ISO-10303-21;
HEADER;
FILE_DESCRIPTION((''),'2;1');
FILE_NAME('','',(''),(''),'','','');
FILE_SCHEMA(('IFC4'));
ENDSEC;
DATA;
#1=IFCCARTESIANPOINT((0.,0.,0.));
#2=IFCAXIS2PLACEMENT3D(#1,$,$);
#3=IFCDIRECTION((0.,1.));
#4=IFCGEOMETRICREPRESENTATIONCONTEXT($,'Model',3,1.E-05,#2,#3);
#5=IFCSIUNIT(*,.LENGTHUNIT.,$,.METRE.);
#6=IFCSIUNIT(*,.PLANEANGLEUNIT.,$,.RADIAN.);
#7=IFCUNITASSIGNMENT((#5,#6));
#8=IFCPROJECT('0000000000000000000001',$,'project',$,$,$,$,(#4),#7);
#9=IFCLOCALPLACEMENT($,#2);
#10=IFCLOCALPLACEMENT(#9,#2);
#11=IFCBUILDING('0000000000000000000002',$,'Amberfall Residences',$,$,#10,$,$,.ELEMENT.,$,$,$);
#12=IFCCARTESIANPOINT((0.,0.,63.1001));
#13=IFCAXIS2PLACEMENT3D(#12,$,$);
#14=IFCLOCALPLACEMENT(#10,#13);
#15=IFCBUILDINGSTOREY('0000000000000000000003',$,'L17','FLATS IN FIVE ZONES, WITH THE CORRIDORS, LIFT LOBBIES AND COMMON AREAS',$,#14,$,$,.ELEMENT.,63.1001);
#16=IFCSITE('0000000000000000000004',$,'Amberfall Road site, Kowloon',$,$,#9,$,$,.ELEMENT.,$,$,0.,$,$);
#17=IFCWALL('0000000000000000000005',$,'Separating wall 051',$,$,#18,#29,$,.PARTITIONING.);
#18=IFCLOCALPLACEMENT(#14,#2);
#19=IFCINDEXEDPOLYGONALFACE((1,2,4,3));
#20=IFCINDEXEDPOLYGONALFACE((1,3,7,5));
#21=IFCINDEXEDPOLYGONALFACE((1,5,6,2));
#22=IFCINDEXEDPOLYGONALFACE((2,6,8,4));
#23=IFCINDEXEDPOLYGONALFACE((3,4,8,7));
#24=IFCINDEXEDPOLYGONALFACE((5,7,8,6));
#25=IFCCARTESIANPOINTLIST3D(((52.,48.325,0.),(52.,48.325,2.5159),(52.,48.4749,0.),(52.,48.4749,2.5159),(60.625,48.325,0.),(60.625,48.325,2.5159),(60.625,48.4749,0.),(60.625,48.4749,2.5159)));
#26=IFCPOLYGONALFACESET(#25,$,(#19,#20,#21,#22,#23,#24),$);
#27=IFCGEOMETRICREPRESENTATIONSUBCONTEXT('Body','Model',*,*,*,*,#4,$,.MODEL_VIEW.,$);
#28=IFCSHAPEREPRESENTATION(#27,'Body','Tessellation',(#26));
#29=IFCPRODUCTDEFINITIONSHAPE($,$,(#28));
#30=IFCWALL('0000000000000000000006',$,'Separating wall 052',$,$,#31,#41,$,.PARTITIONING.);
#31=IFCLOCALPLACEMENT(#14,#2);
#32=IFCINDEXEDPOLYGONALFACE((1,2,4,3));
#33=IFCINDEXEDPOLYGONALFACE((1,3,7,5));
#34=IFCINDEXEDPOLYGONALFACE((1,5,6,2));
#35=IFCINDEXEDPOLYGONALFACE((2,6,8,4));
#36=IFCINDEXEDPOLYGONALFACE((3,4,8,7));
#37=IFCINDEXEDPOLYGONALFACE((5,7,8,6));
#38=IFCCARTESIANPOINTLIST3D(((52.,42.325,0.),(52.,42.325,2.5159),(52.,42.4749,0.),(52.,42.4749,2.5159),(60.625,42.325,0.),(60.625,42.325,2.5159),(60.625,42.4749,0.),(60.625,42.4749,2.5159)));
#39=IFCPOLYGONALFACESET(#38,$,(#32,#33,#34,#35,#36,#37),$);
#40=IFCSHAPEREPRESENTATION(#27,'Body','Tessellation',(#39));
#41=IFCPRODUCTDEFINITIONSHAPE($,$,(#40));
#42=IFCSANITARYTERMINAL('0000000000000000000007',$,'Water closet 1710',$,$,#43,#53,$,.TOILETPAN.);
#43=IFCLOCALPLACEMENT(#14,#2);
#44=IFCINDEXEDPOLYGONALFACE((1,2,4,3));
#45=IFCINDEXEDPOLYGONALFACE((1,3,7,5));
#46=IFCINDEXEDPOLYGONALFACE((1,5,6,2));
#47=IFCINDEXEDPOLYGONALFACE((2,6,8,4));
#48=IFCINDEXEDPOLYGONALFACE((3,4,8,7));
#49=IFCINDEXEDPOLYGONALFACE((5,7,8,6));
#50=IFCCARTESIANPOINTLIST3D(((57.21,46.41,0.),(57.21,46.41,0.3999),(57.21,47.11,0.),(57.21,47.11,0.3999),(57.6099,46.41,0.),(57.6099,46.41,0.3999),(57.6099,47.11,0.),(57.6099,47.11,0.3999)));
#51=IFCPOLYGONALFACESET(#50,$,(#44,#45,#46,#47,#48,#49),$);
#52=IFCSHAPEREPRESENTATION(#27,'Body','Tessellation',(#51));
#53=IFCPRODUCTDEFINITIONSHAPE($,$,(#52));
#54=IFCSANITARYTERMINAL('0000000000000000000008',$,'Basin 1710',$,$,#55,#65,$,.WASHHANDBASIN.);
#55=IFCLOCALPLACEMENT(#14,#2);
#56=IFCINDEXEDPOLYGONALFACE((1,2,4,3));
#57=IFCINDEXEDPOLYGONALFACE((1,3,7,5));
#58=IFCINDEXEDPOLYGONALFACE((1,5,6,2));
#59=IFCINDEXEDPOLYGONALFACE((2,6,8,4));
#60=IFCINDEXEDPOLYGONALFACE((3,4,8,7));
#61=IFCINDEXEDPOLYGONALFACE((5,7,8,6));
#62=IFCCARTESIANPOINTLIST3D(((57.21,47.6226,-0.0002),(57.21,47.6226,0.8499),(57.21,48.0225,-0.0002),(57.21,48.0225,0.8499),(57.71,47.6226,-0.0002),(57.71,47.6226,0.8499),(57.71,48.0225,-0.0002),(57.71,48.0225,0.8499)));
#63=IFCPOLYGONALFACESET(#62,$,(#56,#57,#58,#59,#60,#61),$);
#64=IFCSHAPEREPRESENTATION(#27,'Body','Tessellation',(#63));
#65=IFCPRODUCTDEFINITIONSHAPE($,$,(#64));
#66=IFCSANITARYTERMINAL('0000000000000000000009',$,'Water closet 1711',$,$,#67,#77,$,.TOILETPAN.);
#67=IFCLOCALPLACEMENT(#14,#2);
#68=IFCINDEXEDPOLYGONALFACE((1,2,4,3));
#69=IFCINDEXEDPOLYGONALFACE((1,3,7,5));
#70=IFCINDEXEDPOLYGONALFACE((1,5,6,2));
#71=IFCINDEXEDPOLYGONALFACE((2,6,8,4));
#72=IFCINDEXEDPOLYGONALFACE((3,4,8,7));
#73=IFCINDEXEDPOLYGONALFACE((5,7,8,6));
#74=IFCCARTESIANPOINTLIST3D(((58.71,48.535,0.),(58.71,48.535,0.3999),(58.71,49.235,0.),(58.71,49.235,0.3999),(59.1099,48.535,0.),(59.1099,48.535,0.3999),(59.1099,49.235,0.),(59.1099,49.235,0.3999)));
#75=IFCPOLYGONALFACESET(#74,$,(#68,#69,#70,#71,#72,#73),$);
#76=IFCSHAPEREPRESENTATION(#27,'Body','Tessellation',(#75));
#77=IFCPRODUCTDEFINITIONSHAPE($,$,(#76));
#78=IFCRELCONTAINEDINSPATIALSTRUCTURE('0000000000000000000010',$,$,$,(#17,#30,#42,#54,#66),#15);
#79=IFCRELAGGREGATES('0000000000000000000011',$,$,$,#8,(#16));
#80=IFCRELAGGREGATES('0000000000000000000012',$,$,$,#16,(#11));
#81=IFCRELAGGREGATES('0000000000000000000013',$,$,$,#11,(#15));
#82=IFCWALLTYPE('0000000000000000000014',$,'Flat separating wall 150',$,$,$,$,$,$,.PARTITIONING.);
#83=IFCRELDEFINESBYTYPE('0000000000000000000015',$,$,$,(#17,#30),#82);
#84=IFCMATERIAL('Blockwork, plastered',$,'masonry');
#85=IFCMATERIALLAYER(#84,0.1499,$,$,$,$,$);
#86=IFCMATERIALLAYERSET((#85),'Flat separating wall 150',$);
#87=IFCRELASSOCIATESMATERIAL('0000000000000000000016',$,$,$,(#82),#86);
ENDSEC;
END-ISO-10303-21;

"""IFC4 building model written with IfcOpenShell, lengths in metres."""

from ifc_helpers import new_model, si_unit, direction, frame, frame_2d, origin, origin_2d, place, context, subcontext, project, spatial, rectangle, extrude, material, layer, layer_set, type_object, element, save


model = new_model("IFC4")

# Units and contexts
model_context = context("Model", 3, precision=1e-05, world=origin(), true_north=direction((0.0, 1.0)))
body_context = subcontext(model_context, "Body", "Model", "MODEL_VIEW")
ifc_project = project(units=[si_unit("LENGTHUNIT", "METRE"), si_unit("PLANEANGLEUNIT", "RADIAN")], contexts=[model_context])

# Site, building, storey
site_placement = place(None, origin())
site = spatial("IfcSite", under=ifc_project, at=site_placement, Name="Amberfall Road site, Kowloon", CompositionType="ELEMENT", RefElevation=0.0)
building_placement = place(site_placement, origin())
building = spatial("IfcBuilding", under=site, at=building_placement, Name="Amberfall Residences", CompositionType="ELEMENT")
storey_placement = place(building_placement, frame((0.0, 0.0, 63.1001)))
storey = spatial("IfcBuildingStorey", under=building, at=storey_placement, Name="L17", Description="FLATS IN FIVE ZONES, WITH THE CORRIDORS, LIFT LOBBIES AND COMMON AREAS", CompositionType="ELEMENT", Elevation=63.1001)

# Walls
ifc_material_1 = material(Name="Blockwork, plastered", Category="masonry")
ifc_layer_1 = layer(ifc_material_1, 0.1499)
ifc_layer_set_1 = layer_set([ifc_layer_1], Name="Flat separating wall 150")
wall_type_1 = type_object("IfcWallType", Name="Flat separating wall 150", PredefinedType="PARTITIONING", material=ifc_layer_set_1)
for number, where, z_axis, x_axis, name in (
    (1, (52.0, 48.3999, 0.0), (0.0, 0.0, 1.0), (1.0, 0.0, 0.0), "Separating wall 051"),
    (2, (52.0, 42.3999, 0.0), (0.0, 0.0, 1.0), (1.0, 0.0, 0.0), "Separating wall 052"),
):
    element("IfcWall", number, at=place(storey_placement, frame(where, z_axis=z_axis, x_axis=x_axis)), inside=storey, type_object=wall_type_1, Name=name, PredefinedType="PARTITIONING", context=body_context, shape_type="SweptSolid", body=[
        extrude(rectangle(XDim=8.625, YDim=0.1499, at=frame_2d((4.3125, 0.0))), origin(), (0.0, 0.0, 1.0), 2.5159),
    ])

# Sanitary terminals
sanitary_terminal_1_placement = place(storey_placement, frame((57.4099, 46.76, 0.0), z_axis=(0.0, 0.0, 1.0), x_axis=(1.0, 0.0, 0.0)))
element("IfcSanitaryTerminal", 3, at=sanitary_terminal_1_placement, inside=storey, Name="Water closet 1710", PredefinedType="TOILETPAN", context=body_context, shape_type="SweptSolid", body=[
    extrude(rectangle(XDim=0.3999, YDim=0.7, at=origin_2d()), origin(), (0.0, 0.0, 1.0), 0.3999),
])
sanitary_terminal_2_placement = place(storey_placement, frame((57.46, 47.8225, -0.0002), z_axis=(0.0, 0.0, 1.0), x_axis=(1.0, 0.0, 0.0)))
element("IfcSanitaryTerminal", 4, at=sanitary_terminal_2_placement, inside=storey, Name="Basin 1710", PredefinedType="WASHHANDBASIN", context=body_context, shape_type="SweptSolid", body=[
    extrude(rectangle(XDim=0.5, YDim=0.3999, at=origin_2d()), origin(), (0.0, 0.0, 1.0), 0.8501),
])
sanitary_terminal_3_placement = place(storey_placement, frame((58.9099, 48.885, 0.0), z_axis=(0.0, 0.0, 1.0), x_axis=(1.0, 0.0, 0.0)))
element("IfcSanitaryTerminal", 5, at=sanitary_terminal_3_placement, inside=storey, Name="Water closet 1711", PredefinedType="TOILETPAN", context=body_context, shape_type="SweptSolid", body=[
    extrude(rectangle(XDim=0.3999, YDim=0.7, at=origin_2d()), origin(), (0.0, 0.0, 1.0), 0.3999),
])

save(model, "model.ifc")
